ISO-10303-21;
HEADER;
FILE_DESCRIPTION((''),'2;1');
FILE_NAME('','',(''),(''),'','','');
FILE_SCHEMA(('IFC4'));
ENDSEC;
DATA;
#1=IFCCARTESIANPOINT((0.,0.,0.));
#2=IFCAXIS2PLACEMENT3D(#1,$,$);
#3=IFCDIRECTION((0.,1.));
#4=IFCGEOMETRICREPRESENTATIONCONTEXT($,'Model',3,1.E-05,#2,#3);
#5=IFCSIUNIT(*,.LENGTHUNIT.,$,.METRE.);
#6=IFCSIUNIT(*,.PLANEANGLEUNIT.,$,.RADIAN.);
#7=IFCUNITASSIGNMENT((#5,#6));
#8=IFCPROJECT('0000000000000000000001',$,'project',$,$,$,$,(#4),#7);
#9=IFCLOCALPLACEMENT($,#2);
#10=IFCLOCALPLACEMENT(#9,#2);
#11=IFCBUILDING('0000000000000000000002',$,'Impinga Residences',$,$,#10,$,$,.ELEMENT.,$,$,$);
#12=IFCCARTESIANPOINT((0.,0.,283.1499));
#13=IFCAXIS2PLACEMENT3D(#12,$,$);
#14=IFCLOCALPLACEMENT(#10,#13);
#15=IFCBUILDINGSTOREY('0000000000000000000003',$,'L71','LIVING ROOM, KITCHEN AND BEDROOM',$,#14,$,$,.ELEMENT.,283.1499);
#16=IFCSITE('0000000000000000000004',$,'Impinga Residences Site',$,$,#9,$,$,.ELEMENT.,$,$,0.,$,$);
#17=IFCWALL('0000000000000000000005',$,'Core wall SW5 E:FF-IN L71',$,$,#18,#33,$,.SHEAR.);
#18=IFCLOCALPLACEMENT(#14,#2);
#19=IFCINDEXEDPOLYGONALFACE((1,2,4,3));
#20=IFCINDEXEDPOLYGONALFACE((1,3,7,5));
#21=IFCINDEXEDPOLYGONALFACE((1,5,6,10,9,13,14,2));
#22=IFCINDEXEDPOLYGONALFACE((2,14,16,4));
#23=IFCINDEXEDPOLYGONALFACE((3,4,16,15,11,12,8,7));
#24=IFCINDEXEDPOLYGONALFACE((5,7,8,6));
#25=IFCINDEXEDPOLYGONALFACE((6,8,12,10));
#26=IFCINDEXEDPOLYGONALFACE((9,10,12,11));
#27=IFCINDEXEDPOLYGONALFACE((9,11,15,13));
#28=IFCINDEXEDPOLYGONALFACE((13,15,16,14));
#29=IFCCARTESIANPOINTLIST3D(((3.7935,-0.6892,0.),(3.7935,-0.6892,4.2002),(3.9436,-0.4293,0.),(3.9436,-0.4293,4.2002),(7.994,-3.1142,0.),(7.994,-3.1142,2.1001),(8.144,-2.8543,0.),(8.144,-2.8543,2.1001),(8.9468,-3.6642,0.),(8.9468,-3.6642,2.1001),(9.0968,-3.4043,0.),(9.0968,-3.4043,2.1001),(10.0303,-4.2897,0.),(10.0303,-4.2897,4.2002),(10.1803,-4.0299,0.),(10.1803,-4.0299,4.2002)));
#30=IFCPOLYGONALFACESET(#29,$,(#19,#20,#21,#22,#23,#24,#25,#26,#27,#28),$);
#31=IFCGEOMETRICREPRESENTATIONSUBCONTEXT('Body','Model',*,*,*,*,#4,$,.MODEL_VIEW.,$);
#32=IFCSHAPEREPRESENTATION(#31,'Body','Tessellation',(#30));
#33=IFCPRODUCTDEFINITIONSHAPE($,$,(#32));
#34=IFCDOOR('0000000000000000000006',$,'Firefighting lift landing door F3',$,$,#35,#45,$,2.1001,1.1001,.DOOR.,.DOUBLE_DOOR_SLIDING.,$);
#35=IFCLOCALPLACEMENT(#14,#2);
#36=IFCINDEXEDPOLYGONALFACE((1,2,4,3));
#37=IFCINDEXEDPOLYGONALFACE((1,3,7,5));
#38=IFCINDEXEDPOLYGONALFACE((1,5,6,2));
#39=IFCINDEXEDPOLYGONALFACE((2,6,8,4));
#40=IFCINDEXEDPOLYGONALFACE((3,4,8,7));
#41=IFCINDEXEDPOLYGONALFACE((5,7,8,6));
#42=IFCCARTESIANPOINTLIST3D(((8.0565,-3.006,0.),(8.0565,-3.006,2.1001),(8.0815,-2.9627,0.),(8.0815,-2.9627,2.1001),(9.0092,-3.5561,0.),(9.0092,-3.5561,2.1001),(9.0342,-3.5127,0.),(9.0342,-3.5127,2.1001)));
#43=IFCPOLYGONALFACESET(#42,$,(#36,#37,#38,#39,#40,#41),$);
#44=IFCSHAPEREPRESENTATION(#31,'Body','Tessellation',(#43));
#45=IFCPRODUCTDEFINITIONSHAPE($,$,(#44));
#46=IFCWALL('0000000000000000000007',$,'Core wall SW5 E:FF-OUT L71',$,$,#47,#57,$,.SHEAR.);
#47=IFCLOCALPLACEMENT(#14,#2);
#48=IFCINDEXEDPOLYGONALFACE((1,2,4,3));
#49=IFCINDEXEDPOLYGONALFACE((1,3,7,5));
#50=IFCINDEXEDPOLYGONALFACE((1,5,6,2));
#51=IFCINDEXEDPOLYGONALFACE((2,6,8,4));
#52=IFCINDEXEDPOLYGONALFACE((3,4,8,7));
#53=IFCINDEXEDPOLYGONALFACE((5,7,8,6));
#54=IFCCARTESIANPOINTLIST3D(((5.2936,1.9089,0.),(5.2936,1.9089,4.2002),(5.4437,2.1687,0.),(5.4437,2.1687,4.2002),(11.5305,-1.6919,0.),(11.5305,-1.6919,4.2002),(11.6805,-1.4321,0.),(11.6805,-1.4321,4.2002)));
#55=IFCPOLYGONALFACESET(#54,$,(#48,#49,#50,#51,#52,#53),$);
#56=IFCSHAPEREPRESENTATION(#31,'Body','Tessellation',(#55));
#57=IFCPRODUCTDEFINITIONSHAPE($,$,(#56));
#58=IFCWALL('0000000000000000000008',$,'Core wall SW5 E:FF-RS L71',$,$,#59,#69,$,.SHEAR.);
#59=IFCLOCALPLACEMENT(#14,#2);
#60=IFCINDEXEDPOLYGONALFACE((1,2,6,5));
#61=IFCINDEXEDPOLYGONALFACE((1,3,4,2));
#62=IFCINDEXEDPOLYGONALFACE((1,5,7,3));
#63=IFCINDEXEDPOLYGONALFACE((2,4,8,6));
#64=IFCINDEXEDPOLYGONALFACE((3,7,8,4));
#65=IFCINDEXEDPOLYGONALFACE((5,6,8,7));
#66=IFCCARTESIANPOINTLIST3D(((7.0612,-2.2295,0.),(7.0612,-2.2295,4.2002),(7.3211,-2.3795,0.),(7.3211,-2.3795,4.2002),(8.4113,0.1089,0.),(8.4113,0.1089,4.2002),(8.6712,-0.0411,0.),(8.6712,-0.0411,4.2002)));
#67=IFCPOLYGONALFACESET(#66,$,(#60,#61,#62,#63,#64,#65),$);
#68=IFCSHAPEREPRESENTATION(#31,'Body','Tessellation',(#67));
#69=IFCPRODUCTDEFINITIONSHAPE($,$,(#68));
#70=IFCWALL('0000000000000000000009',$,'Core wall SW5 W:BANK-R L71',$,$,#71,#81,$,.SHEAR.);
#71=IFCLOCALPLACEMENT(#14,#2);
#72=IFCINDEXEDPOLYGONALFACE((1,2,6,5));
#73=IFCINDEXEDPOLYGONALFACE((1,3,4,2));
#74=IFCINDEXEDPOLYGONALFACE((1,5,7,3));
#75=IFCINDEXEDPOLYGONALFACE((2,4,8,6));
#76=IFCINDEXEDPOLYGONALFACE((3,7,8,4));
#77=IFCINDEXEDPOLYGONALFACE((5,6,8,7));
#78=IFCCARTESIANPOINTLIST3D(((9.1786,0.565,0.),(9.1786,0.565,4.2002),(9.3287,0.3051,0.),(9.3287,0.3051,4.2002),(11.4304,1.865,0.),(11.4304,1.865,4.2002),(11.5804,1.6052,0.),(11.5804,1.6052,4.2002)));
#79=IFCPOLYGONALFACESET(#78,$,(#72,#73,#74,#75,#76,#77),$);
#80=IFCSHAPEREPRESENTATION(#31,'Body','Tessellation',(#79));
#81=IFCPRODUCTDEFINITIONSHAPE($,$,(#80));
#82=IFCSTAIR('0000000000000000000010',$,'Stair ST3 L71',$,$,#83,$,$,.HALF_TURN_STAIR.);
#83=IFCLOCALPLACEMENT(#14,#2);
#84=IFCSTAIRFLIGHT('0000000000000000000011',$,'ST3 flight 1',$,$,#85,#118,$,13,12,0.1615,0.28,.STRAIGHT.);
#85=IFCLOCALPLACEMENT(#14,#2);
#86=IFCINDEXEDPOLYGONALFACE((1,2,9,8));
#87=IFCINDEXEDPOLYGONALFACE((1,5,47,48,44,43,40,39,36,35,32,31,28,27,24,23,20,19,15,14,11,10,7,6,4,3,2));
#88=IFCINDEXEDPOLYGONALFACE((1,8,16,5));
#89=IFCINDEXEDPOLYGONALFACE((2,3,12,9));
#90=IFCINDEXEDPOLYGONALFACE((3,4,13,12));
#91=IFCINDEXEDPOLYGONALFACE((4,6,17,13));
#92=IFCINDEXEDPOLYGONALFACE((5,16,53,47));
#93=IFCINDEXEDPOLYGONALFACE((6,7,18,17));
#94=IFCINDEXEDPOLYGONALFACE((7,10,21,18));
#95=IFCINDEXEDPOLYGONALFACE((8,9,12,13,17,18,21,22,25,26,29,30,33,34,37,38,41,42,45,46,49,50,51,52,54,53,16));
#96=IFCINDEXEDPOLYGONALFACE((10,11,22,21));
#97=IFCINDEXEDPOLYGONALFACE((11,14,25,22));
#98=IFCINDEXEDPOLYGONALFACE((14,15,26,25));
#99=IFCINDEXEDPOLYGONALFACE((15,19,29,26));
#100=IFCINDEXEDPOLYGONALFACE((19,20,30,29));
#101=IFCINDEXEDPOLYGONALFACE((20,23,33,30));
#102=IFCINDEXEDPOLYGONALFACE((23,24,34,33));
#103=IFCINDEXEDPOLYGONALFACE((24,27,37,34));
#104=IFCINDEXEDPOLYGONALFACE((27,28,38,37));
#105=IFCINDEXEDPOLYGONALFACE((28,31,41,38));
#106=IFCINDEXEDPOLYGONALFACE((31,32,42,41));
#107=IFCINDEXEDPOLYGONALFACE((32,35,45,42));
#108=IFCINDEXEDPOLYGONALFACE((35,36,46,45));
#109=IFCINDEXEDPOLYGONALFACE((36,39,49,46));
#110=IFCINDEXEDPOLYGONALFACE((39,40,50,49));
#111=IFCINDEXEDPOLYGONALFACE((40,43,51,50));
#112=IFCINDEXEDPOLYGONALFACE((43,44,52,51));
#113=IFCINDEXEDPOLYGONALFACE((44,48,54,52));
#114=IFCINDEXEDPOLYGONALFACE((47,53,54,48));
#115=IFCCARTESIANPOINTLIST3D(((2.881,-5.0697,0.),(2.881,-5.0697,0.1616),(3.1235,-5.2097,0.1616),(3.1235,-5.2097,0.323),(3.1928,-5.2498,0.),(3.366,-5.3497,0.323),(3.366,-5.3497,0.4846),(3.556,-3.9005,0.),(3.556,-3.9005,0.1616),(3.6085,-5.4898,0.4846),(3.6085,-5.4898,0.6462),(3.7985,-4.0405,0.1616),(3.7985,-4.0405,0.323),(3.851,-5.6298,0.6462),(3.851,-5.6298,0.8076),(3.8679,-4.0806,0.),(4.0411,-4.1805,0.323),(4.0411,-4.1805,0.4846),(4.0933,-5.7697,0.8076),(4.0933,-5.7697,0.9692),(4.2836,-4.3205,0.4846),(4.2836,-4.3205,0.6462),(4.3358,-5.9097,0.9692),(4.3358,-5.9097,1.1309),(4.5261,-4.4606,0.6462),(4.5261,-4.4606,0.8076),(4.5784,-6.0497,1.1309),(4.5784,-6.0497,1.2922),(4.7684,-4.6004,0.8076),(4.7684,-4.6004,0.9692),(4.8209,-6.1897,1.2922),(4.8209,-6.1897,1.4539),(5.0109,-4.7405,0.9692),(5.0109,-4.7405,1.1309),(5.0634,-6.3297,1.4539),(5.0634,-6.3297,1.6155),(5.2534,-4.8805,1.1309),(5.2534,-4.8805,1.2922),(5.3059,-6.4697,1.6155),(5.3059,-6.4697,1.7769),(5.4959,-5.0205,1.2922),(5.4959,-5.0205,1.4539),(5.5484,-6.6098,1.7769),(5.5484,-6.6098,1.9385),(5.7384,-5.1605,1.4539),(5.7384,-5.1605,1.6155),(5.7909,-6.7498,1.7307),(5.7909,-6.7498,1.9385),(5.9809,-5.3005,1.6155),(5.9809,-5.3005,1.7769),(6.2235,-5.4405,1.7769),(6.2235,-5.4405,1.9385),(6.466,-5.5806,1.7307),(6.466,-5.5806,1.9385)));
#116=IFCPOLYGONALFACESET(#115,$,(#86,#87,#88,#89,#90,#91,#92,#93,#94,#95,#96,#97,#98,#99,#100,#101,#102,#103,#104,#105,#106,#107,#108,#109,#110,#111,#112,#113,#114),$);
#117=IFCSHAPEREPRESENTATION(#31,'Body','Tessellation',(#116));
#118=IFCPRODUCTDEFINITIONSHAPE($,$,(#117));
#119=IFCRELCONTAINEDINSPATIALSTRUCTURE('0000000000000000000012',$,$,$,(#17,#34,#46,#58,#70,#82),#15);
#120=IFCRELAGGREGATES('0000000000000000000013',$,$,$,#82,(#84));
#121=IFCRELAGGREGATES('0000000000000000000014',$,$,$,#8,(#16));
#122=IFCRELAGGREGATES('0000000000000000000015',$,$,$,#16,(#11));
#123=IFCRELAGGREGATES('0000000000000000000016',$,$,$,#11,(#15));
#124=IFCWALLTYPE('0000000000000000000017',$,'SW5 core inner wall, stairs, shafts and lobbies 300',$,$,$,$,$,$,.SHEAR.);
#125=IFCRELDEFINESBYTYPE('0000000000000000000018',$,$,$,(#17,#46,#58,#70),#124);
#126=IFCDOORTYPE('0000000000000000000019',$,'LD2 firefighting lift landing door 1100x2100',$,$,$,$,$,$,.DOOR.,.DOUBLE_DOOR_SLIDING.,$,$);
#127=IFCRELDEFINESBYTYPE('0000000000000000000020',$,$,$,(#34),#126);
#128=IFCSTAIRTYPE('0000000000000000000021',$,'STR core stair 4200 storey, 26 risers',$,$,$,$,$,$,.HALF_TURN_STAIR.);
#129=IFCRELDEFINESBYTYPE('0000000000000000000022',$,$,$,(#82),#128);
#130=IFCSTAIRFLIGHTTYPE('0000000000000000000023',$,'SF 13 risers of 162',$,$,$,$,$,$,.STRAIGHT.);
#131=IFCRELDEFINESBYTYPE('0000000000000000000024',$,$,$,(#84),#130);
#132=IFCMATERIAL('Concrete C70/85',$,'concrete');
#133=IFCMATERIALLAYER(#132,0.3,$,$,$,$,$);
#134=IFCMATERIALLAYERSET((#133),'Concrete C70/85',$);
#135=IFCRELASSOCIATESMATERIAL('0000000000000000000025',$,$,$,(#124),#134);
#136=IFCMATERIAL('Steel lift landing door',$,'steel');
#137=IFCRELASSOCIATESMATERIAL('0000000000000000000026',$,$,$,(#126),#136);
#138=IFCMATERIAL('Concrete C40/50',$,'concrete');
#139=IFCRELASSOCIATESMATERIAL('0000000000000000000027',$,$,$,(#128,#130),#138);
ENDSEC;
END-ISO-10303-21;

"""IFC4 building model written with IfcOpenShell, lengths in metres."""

from ifc_helpers import new_model, si_unit, direction, frame, frame_2d, origin, place, context, subcontext, project, spatial, polyline, rectangle, outline, extrude, material, layer, layer_set, type_object, element, fill, aggregate, save


model = new_model("IFC4")

# Units and contexts
model_context = context("Model", 3, precision=1e-05, world=origin(), true_north=direction((0.0, 1.0)))
body_context = subcontext(model_context, "Body", "Model", "MODEL_VIEW")
ifc_project = project(units=[si_unit("LENGTHUNIT", "METRE"), si_unit("PLANEANGLEUNIT", "RADIAN")], contexts=[model_context])

# Site, building, storey
site_placement = place(None, origin())
site = spatial("IfcSite", under=ifc_project, at=site_placement, Name="Impinga Residences Site", CompositionType="ELEMENT", RefElevation=0.0)
building_placement = place(site_placement, origin())
building = spatial("IfcBuilding", under=site, at=building_placement, Name="Impinga Residences", CompositionType="ELEMENT")
storey_placement = place(building_placement, frame((0.0, 0.0, 283.1499)))
storey = spatial("IfcBuildingStorey", under=building, at=storey_placement, Name="L71", Description="LIVING ROOM, KITCHEN AND BEDROOM", CompositionType="ELEMENT", Elevation=283.1499)

# Shared definitions
ifc_material_1 = material(Name="Concrete C70/85", Category="concrete")
ifc_layer_1 = layer(ifc_material_1, 0.3)
ifc_layer_set_1 = layer_set([ifc_layer_1], Name="Concrete C70/85")
wall_type_1 = type_object("IfcWallType", Name="SW5 core inner wall, stairs, shafts and lobbies 300", PredefinedType="SHEAR", material=ifc_layer_set_1)

# Wall, opening, door
wall_1_placement = place(storey_placement, frame((3.8687, -0.5593, 0.0), z_axis=(0.0, 0.0, 1.0), x_axis=(0.86604, -0.499975, 0.0)))
wall_1 = element("IfcWall", 1, at=wall_1_placement, inside=storey, type_object=wall_type_1, Name="Core wall SW5 E:FF-IN L71", PredefinedType="SHEAR", context=body_context, shape_type="SweptSolid", body=[
    extrude(rectangle(XDim=7.2014, YDim=0.3, at=frame_2d((3.6006, 0.0))), origin(), (0.0, 0.0, 1.0), 4.2002),
])
opening_1_placement = place(wall_1_placement, frame((4.8501, 0.0, 0.0)))
opening_1 = element("IfcOpeningElement", 2, at=opening_1_placement, cuts=wall_1, PredefinedType="OPENING", context=body_context, shape_type="SweptSolid", body=[
    extrude(rectangle(XDim=1.1001, YDim=2.1001, at=frame_2d((0.55, 1.05))), frame((0.0, 0.1599, 0.0), z_axis=(0.0, -1.0, 0.0), x_axis=(1.0, 0.0, 0.0)), (0.0, 0.0, 1.0), 0.3201),
])
ifc_material_2 = material(Name="Steel lift landing door", Category="steel")
door_type_1 = type_object("IfcDoorType", Name="LD2 firefighting lift landing door 1100x2100", OperationType="DOUBLE_DOOR_SLIDING", PredefinedType="DOOR", material=ifc_material_2)
door_1_placement = place(opening_1_placement, origin())
door_1 = element("IfcDoor", 3, at=door_1_placement, inside=storey, type_object=door_type_1, Name="Firefighting lift landing door F3", OperationType="DOUBLE_DOOR_SLIDING", OverallHeight=2.1001, OverallWidth=1.1001, PredefinedType="DOOR", context=body_context, shape_type="SweptSolid", body=[
    extrude(rectangle(XDim=1.1001, YDim=2.1001, at=frame_2d((0.55, 1.05))), frame((0.0, 0.0249, 0.0), z_axis=(0.0, -1.0, 0.0), x_axis=(1.0, 0.0, 0.0)), (0.0, 0.0, 1.0), 0.05),
])
fill(opening_1, door_1)

# Walls
wall_2_placement = place(storey_placement, frame((5.3687, 2.0388, 0.0), z_axis=(0.0, 0.0, 1.0), x_axis=(0.866025, -0.5, 0.0)))
element("IfcWall", 4, at=wall_2_placement, inside=storey, type_object=wall_type_1, Name="Core wall SW5 E:FF-OUT L71", PredefinedType="SHEAR", context=body_context, shape_type="SweptSolid", body=[
    extrude(rectangle(XDim=7.2017, YDim=0.3, at=frame_2d((3.6008, 0.0))), origin(), (0.0, 0.0, 1.0), 4.2002),
])
wall_3_placement = place(storey_placement, frame((8.5413, 0.0339, 0.0), z_axis=(0.0, 0.0, 1.0), x_axis=(-0.500009, -0.86602, 0.0)))
element("IfcWall", 5, at=wall_3_placement, inside=storey, type_object=wall_type_1, Name="Core wall SW5 E:FF-RS L71", PredefinedType="SHEAR", context=body_context, shape_type="SweptSolid", body=[
    extrude(rectangle(XDim=2.7002, YDim=0.3, at=frame_2d((1.3501, 0.0))), origin(), (0.0, 0.0, 1.0), 4.2002),
])
wall_4_placement = place(storey_placement, frame((9.2537, 0.4351, 0.0), z_axis=(0.0, 0.0, 1.0), x_axis=(0.866021, 0.500007, 0.0)))
element("IfcWall", 6, at=wall_4_placement, inside=storey, type_object=wall_type_1, Name="Core wall SW5 W:BANK-R L71", PredefinedType="SHEAR", context=body_context, shape_type="SweptSolid", body=[
    extrude(rectangle(XDim=2.6001, YDim=0.3, at=frame_2d((1.3, 0.0))), origin(), (0.0, 0.0, 1.0), 4.2002),
])

# Stair, stair flight
ifc_material_3 = material(Name="Concrete C40/50", Category="concrete")
stair_type = type_object("IfcStairType", Name="STR core stair 4200 storey, 26 risers", PredefinedType="HALF_TURN_STAIR", material=ifc_material_3)
stair_placement = place(storey_placement, origin())
stair = element("IfcStair", 7, at=stair_placement, inside=storey, type_object=stair_type, Name="Stair ST3 L71", PredefinedType="HALF_TURN_STAIR")
stair_flight_type = type_object("IfcStairFlightType", Name="SF 13 risers of 162", PredefinedType="STRAIGHT", material=ifc_material_3)
stair_flight_placement = place(storey_placement, frame((3.2185, -4.4851, 0.0), z_axis=(0.0, 0.0, 1.0), x_axis=(0.866025, -0.5, 0.0)))
stair_flight = element("IfcStairFlight", 8, at=stair_flight_placement, type_object=stair_flight_type, Name="ST3 flight 1", NumberOfRisers=13, NumberOfTreads=12, PredefinedType="STRAIGHT", RiserHeight=0.1615, TreadLength=0.28, context=body_context, shape_type="SweptSolid", body=[
    extrude(outline(polyline([(0.0, 0.0), (0.0, 0.1616), (0.28, 0.1616), (0.28, 0.323), (0.5601, 0.323), (0.5601, 0.4846), (0.8401, 0.4846), (0.8401, 0.6462), (1.1201, 0.6462), (1.1201, 0.8076), (1.3999, 0.8076), (1.3999, 0.9692), (1.6799, 0.9692), (1.6799, 1.1309), (1.96, 1.1309), (1.96, 1.2922), (2.24, 1.2922), (2.24, 1.4539), (2.52, 1.4539), (2.52, 1.6155), (2.8, 1.6155), (2.8, 1.7769), (3.0801, 1.7769), (3.0801, 1.9385), (3.3601, 1.9385), (3.3601, 2.1001), (3.3601, 1.7307), (0.3601, 0.0), (0.0, 0.0)])), frame((0.0, 0.675, 0.0), z_axis=(0.0, -1.0, 0.0), x_axis=(1.0, 0.0, 0.0)), (0.0, 0.0, 1.0), 1.3501),
])
aggregate(stair, [stair_flight])

save(model, "model.ifc")
